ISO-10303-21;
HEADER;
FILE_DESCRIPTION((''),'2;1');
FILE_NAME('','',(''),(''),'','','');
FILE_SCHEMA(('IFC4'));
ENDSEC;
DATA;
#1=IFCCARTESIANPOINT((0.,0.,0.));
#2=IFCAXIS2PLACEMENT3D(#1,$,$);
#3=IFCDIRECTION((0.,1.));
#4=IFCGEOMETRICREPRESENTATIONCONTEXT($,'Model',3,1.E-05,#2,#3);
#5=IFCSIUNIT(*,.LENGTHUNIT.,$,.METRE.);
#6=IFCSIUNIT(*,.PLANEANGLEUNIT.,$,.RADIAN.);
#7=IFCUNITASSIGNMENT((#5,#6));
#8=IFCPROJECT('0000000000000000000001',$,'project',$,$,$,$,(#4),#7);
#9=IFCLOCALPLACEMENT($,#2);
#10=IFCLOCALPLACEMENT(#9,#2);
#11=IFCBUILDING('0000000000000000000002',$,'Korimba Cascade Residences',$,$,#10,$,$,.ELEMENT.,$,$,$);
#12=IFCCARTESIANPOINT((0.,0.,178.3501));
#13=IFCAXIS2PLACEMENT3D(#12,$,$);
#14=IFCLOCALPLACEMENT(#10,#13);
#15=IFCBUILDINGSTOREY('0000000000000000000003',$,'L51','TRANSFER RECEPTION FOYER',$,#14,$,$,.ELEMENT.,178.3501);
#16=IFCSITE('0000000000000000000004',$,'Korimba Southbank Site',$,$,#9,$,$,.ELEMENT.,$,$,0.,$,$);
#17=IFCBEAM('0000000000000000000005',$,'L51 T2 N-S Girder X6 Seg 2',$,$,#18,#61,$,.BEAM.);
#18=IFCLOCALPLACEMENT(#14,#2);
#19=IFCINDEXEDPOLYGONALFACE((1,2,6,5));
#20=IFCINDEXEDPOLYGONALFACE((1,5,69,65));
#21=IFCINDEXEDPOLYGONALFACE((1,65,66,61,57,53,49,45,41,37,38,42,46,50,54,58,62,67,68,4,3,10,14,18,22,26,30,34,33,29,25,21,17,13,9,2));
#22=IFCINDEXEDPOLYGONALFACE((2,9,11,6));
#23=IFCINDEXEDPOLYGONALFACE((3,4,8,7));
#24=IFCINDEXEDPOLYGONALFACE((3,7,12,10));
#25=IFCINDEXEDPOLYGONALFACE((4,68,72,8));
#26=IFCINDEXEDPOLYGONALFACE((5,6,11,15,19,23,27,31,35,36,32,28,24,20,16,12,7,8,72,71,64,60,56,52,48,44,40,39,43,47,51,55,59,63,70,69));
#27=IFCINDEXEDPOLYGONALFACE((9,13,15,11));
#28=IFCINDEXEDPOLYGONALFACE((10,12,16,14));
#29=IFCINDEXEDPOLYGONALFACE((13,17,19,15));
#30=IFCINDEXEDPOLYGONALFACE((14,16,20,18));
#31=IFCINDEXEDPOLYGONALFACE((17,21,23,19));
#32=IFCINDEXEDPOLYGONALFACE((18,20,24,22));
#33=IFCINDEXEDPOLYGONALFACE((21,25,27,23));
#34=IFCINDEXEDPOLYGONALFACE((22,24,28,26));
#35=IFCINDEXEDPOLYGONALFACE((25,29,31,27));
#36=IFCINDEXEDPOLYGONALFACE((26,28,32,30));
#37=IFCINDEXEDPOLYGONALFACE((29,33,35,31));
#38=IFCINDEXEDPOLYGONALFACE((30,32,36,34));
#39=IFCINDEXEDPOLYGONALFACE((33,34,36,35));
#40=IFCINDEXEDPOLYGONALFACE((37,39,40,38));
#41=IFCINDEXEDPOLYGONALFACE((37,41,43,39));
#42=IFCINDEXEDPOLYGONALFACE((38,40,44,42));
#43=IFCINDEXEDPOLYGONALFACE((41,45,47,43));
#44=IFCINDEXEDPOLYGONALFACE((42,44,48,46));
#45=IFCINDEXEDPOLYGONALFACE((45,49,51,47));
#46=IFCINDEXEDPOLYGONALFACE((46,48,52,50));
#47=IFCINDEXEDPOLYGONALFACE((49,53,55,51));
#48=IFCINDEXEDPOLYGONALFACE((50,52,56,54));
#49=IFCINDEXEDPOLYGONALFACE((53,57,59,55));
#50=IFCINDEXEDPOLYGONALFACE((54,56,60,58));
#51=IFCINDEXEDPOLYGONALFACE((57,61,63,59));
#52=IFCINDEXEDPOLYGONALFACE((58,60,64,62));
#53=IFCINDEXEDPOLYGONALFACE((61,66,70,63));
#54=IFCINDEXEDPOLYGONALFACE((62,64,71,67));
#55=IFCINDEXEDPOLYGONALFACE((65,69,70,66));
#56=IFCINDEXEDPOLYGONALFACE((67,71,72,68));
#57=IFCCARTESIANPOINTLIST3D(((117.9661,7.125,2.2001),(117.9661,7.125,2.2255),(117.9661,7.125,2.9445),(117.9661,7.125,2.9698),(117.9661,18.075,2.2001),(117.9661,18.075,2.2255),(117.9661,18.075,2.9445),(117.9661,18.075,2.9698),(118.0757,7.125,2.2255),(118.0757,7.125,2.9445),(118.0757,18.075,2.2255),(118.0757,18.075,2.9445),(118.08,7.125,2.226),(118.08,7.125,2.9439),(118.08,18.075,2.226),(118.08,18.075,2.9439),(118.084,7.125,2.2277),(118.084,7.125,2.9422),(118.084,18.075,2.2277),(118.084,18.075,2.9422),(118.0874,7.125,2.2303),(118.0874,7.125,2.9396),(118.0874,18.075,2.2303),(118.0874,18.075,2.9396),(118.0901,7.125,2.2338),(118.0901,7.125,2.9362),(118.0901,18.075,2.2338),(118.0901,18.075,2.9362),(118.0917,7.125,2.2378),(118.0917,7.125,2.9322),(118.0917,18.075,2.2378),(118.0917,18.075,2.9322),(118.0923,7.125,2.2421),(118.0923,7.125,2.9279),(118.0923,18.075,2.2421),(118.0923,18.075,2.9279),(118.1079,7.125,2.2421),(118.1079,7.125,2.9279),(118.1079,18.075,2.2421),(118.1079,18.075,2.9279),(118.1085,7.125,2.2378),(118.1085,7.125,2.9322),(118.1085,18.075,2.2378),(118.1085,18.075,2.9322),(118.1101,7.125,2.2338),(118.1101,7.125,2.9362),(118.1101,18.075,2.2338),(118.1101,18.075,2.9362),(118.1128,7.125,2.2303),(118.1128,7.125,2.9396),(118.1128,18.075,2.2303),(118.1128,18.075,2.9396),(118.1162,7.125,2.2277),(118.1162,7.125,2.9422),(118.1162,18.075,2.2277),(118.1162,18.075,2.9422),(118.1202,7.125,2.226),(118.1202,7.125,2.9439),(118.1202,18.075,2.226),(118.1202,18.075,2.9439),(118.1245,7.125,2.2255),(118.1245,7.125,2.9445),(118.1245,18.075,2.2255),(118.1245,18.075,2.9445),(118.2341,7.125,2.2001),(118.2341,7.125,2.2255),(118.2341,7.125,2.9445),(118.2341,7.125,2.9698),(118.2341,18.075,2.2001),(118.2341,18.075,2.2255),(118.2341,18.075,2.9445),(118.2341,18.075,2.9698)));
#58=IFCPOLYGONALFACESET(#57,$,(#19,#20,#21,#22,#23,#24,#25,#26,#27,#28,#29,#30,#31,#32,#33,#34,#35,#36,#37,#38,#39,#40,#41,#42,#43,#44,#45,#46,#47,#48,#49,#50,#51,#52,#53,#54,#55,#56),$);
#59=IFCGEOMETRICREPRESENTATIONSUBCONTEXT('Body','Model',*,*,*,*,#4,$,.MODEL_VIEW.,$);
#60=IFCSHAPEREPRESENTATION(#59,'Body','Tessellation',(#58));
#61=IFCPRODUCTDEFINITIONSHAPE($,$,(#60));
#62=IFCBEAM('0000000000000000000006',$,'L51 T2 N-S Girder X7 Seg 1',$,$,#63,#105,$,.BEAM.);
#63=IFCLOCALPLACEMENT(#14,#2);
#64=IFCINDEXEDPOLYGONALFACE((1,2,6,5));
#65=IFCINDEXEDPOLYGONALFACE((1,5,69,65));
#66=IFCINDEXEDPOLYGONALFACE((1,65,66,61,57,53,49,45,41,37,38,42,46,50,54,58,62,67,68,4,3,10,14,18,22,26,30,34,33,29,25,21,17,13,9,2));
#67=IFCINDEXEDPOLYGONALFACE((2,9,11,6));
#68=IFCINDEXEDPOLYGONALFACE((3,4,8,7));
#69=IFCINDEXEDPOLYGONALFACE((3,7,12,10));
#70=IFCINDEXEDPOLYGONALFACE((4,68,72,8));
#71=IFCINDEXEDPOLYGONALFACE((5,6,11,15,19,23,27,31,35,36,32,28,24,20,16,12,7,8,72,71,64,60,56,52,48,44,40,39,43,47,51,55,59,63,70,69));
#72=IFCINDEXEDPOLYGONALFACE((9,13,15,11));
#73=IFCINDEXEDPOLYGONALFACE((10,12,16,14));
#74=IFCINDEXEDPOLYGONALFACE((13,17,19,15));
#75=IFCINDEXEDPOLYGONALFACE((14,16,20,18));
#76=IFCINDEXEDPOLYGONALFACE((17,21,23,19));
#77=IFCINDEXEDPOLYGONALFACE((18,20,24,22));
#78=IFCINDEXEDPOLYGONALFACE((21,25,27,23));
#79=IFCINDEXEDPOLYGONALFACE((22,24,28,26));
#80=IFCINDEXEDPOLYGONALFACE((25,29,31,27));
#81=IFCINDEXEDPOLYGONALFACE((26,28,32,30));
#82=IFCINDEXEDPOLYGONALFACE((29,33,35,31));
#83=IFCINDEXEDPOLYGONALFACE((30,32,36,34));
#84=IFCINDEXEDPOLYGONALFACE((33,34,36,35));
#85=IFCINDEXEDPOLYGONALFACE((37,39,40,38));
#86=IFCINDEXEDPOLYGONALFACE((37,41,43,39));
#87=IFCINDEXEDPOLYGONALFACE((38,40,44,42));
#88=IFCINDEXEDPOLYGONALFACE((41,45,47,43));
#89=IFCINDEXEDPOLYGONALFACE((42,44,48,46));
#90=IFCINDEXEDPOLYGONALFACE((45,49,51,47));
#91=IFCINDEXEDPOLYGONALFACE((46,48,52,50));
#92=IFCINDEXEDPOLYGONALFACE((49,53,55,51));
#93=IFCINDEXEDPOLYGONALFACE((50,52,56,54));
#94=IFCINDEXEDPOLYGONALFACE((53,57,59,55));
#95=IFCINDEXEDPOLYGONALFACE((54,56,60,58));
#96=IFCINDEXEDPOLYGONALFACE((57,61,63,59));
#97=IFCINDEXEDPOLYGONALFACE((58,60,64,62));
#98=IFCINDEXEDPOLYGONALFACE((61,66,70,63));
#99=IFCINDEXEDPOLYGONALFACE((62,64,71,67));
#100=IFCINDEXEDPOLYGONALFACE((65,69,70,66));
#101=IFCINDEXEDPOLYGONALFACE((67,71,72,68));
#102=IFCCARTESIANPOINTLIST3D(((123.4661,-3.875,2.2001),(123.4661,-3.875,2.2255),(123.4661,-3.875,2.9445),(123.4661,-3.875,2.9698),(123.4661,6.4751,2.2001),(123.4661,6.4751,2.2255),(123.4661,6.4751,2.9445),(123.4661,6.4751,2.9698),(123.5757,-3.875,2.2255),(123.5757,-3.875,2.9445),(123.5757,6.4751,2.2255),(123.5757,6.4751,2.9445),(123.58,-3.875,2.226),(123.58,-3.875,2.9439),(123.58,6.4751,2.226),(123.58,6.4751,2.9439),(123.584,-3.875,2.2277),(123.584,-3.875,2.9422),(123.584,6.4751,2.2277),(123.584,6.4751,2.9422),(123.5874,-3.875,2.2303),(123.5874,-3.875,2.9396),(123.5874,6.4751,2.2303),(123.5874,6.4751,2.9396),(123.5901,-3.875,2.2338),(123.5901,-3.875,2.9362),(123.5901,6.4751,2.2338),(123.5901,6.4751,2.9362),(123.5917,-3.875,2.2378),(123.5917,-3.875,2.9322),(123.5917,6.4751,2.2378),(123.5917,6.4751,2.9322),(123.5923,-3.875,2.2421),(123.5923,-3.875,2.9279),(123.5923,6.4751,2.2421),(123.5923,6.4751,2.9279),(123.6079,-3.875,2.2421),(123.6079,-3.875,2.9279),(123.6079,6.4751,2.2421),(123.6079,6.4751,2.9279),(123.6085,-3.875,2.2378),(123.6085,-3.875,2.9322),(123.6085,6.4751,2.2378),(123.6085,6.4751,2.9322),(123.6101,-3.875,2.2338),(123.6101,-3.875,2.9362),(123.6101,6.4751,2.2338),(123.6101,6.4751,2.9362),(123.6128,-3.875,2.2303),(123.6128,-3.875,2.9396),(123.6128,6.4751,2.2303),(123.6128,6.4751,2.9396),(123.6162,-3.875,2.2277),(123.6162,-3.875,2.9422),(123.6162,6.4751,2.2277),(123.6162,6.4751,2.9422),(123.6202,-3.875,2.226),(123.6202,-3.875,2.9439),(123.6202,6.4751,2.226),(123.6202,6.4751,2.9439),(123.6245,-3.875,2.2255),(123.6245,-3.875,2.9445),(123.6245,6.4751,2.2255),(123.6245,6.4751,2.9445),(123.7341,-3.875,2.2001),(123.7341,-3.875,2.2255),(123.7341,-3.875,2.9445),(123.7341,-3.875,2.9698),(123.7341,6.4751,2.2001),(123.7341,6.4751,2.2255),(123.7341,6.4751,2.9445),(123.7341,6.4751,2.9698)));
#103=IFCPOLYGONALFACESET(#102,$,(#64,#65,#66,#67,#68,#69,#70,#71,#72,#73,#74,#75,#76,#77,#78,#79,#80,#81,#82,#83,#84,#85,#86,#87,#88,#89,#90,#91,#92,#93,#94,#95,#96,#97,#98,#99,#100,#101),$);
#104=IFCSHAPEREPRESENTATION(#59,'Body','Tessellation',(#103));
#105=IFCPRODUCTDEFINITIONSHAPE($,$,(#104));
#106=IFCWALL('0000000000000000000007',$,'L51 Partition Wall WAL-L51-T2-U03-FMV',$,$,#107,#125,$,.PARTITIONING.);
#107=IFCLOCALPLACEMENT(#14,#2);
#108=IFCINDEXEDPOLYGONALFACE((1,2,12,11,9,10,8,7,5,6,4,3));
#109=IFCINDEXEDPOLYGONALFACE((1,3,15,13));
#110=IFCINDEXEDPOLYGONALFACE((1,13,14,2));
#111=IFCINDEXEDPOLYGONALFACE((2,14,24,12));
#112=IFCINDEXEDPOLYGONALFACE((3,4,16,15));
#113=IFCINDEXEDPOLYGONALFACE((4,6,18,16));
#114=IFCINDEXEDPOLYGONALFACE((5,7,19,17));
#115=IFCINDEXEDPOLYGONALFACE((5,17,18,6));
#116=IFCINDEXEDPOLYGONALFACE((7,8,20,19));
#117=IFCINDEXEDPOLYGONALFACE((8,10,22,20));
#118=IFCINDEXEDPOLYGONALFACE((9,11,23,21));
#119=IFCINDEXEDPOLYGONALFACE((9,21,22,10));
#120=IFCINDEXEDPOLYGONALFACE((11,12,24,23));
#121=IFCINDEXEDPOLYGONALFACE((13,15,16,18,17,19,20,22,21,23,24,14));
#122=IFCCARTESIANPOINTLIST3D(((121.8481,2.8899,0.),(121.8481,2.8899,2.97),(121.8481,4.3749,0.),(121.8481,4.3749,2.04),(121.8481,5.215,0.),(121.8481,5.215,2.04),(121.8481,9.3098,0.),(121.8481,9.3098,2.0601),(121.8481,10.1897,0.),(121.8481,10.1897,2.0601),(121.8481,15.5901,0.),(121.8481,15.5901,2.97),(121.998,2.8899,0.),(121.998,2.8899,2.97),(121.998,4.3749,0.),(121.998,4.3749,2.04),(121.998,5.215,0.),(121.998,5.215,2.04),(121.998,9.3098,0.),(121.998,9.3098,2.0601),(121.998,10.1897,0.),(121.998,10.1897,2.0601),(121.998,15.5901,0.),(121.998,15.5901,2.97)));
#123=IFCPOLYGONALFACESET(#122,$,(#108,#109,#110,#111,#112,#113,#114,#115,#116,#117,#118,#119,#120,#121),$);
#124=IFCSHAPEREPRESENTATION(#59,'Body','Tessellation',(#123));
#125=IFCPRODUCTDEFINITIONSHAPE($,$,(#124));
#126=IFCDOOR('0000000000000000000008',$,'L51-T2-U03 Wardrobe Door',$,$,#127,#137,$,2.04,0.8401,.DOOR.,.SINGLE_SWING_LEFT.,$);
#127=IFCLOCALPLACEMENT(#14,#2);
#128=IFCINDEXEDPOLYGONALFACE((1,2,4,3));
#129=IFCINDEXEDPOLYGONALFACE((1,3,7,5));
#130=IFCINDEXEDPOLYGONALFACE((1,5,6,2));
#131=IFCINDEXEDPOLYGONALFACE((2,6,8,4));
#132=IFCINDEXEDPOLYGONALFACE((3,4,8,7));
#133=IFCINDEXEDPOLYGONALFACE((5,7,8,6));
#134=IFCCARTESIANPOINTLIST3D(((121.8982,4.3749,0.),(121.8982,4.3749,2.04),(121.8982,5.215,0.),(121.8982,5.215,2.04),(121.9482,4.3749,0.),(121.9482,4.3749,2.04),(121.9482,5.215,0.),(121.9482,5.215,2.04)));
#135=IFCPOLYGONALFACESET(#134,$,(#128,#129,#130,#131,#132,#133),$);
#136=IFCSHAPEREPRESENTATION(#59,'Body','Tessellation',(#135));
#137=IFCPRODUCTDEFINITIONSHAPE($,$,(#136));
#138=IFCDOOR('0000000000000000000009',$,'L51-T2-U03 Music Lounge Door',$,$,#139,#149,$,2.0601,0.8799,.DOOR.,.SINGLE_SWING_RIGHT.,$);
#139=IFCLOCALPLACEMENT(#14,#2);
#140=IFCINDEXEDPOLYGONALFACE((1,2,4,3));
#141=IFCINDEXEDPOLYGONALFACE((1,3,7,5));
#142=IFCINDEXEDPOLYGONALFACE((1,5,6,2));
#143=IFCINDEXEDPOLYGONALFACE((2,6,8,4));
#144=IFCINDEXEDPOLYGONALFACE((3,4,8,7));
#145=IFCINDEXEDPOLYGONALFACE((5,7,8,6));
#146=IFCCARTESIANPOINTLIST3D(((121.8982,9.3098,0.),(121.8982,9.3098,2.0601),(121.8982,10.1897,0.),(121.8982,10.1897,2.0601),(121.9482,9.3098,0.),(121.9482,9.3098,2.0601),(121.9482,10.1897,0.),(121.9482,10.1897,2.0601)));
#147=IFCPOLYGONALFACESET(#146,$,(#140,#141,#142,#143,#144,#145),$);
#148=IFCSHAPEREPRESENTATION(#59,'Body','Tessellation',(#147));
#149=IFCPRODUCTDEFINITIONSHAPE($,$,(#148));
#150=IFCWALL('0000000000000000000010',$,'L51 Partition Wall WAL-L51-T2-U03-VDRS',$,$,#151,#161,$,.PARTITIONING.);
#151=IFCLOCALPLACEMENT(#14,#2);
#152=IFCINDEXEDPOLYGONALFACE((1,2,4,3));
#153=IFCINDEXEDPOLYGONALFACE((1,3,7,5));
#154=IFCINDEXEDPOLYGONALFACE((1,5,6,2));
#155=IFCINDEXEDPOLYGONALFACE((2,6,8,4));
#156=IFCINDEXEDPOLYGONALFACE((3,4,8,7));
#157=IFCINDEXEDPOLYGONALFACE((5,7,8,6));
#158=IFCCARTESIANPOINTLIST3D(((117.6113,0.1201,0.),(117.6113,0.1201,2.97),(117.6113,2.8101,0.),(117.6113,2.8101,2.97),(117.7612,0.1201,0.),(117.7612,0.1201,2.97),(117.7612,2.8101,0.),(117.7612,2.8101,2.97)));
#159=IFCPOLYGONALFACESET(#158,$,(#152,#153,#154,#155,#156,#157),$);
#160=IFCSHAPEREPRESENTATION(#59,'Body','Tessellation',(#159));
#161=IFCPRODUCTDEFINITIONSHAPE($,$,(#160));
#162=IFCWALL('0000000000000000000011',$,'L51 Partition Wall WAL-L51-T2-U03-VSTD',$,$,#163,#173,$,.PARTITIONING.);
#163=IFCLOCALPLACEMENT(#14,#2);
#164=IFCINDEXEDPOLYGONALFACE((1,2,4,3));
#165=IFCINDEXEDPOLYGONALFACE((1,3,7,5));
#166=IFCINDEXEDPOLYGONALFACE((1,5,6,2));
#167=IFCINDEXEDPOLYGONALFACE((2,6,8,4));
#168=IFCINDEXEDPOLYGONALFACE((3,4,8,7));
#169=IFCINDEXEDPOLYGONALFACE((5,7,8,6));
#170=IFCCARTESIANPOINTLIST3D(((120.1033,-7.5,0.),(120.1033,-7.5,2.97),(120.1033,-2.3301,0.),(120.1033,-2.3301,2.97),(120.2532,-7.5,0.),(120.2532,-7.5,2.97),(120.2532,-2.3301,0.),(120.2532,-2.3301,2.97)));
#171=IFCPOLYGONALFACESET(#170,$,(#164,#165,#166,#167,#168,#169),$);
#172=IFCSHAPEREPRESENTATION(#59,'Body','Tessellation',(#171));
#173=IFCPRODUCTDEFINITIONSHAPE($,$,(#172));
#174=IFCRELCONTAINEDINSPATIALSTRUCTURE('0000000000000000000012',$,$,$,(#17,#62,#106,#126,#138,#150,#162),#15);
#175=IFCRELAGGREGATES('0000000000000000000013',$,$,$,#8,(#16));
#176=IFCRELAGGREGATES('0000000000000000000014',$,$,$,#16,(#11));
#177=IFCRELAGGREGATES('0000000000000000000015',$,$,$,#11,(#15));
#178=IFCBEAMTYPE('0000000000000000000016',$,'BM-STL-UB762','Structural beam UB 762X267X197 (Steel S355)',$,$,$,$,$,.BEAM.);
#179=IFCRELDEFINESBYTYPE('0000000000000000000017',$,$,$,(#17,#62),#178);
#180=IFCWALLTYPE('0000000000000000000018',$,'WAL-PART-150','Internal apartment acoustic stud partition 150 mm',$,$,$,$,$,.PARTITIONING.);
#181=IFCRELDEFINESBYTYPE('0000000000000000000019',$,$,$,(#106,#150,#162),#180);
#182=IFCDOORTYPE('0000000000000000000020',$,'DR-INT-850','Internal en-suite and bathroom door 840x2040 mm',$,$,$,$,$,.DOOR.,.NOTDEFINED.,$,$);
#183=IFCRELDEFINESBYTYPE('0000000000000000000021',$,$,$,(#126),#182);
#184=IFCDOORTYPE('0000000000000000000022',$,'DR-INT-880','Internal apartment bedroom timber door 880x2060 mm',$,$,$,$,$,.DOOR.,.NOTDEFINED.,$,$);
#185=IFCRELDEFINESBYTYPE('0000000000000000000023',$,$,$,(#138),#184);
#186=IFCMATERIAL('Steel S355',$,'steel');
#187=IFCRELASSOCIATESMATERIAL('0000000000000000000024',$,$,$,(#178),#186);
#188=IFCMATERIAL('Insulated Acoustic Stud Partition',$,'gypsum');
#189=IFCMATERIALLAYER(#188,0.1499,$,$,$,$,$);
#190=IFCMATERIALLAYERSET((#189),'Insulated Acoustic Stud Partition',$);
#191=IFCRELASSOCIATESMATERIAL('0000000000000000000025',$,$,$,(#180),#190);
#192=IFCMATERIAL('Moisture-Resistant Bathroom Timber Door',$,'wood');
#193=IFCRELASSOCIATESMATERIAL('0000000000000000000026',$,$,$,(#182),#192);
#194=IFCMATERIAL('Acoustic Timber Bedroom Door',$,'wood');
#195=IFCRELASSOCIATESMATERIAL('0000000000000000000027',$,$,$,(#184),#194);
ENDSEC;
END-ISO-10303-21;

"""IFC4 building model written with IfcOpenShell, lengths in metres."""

from ifc_helpers import new_model, si_unit, direction, frame, frame_2d, origin, origin_2d, place, context, subcontext, project, spatial, rectangle, i_section, extrude, material, layer, layer_set, material_profile, profile_set, type_object, element, fill, save


model = new_model("IFC4")

# Units and contexts
model_context = context("Model", 3, precision=1e-05, world=origin(), true_north=direction((0.0, 1.0)))
body_context = subcontext(model_context, "Body", "Model", "MODEL_VIEW")
ifc_project = project(units=[si_unit("LENGTHUNIT", "METRE"), si_unit("PLANEANGLEUNIT", "RADIAN")], contexts=[model_context])

# Site, building, storey
site_placement = place(None, origin())
site = spatial("IfcSite", under=ifc_project, at=site_placement, Name="Korimba Southbank Site", CompositionType="ELEMENT", RefElevation=0.0)
building_placement = place(site_placement, origin())
building = spatial("IfcBuilding", under=site, at=building_placement, Name="Korimba Cascade Residences", CompositionType="ELEMENT")
storey_placement = place(building_placement, frame((0.0, 0.0, 178.3501)))
storey = spatial("IfcBuildingStorey", under=building, at=storey_placement, Name="L51", Description="TRANSFER RECEPTION FOYER", CompositionType="ELEMENT", Elevation=178.3501)

# Beams
ifc_material_1 = material(Name="Steel S355", Category="steel")
ifc_material_profile_1 = material_profile(ifc_material_1, i_section(OverallWidth=0.2681, OverallDepth=0.7698, WebThickness=0.0156, FlangeThickness=0.0254, FilletRadius=0.0166, at=origin_2d()), Name="Steel S355")
ifc_profile_set_1 = profile_set([ifc_material_profile_1], Name="Steel S355")
beam_type_1 = type_object("IfcBeamType", Name="BM-STL-UB762", Description="Structural beam UB 762X267X197 (Steel S355)", PredefinedType="BEAM", material=ifc_profile_set_1)
beam_1_placement = place(storey_placement, frame((118.1001, 7.125, 2.585), z_axis=(0.0, 1.0, 0.0), x_axis=(-1.0, 0.0, 0.0)))
element("IfcBeam", 1, at=beam_1_placement, inside=storey, type_object=beam_type_1, Name="L51 T2 N-S Girder X6 Seg 2", PredefinedType="BEAM", context=body_context, shape_type="SweptSolid", body=[
    extrude(i_section(OverallWidth=0.2681, OverallDepth=0.7698, WebThickness=0.0156, FlangeThickness=0.0254, FilletRadius=0.0166, at=origin_2d()), origin(), (0.0, 0.0, 1.0), 10.95),
])
beam_2_placement = place(storey_placement, frame((123.6001, -3.875, 2.585), z_axis=(0.0, 1.0, 0.0), x_axis=(-1.0, 0.0, 0.0)))
element("IfcBeam", 2, at=beam_2_placement, inside=storey, type_object=beam_type_1, Name="L51 T2 N-S Girder X7 Seg 1", PredefinedType="BEAM", context=body_context, shape_type="SweptSolid", body=[
    extrude(i_section(OverallWidth=0.2681, OverallDepth=0.7698, WebThickness=0.0156, FlangeThickness=0.0254, FilletRadius=0.0166, at=origin_2d()), origin(), (0.0, 0.0, 1.0), 10.3501),
])

# Wall, openings, doors
ifc_material_2 = material(Name="Insulated Acoustic Stud Partition", Category="gypsum")
ifc_layer = layer(ifc_material_2, 0.1499)
ifc_layer_set = layer_set([ifc_layer], Name="Insulated Acoustic Stud Partition")
wall_type = type_object("IfcWallType", Name="WAL-PART-150", Description="Internal apartment acoustic stud partition 150 mm", PredefinedType="PARTITIONING", material=ifc_layer_set)
wall_1_placement = place(storey_placement, frame((121.9231, 2.8899, 0.0), z_axis=(0.0, 0.0, 1.0), x_axis=(0.0, 1.0, 0.0)))
wall_1 = element("IfcWall", 3, at=wall_1_placement, inside=storey, type_object=wall_type, Name="L51 Partition Wall WAL-L51-T2-U03-FMV", PredefinedType="PARTITIONING", context=body_context, shape_type="SweptSolid", body=[
    extrude(rectangle(XDim=12.7002, YDim=0.1499, at=frame_2d((6.3501, 0.0))), origin(), (0.0, 0.0, 1.0), 2.97),
])
opening_1_placement = place(wall_1_placement, frame((1.4851, 0.0, 0.0)))
opening_1 = element("IfcOpeningElement", 4, at=opening_1_placement, cuts=wall_1, PredefinedType="OPENING", context=body_context, shape_type="SweptSolid", body=[
    extrude(rectangle(XDim=0.8401, YDim=2.04, at=frame_2d((0.4199, 1.02))), frame((0.0, 0.085, 0.0), z_axis=(0.0, -1.0, 0.0), x_axis=(1.0, 0.0, 0.0)), (0.0, 0.0, 1.0), 0.1699),
])
opening_2_placement = place(wall_1_placement, frame((6.4199, 0.0, 0.0)))
opening_2 = element("IfcOpeningElement", 5, at=opening_2_placement, cuts=wall_1, PredefinedType="OPENING", context=body_context, shape_type="SweptSolid", body=[
    extrude(rectangle(XDim=0.8799, YDim=2.0601, at=frame_2d((0.4399, 1.03))), frame((0.0, 0.085, 0.0), z_axis=(0.0, -1.0, 0.0), x_axis=(1.0, 0.0, 0.0)), (0.0, 0.0, 1.0), 0.1699),
])
ifc_material_3 = material(Name="Moisture-Resistant Bathroom Timber Door", Category="wood")
door_type_1 = type_object("IfcDoorType", Name="DR-INT-850", Description="Internal en-suite and bathroom door 840x2040 mm", OperationType="NOTDEFINED", PredefinedType="DOOR", material=ifc_material_3)
door_1_placement = place(opening_1_placement, origin())
door_1 = element("IfcDoor", 6, at=door_1_placement, inside=storey, type_object=door_type_1, Name="L51-T2-U03 Wardrobe Door", OperationType="SINGLE_SWING_LEFT", OverallHeight=2.04, OverallWidth=0.8401, PredefinedType="DOOR", context=body_context, shape_type="SweptSolid", body=[
    extrude(rectangle(XDim=0.8401, YDim=2.04, at=frame_2d((0.4199, 1.02))), frame((0.0, 0.0249, 0.0), z_axis=(0.0, -1.0, 0.0), x_axis=(1.0, 0.0, 0.0)), (0.0, 0.0, 1.0), 0.05),
])
fill(opening_1, door_1)
ifc_material_4 = material(Name="Acoustic Timber Bedroom Door", Category="wood")
door_type_2 = type_object("IfcDoorType", Name="DR-INT-880", Description="Internal apartment bedroom timber door 880x2060 mm", OperationType="NOTDEFINED", PredefinedType="DOOR", material=ifc_material_4)
door_2_placement = place(opening_2_placement, origin())
door_2 = element("IfcDoor", 7, at=door_2_placement, inside=storey, type_object=door_type_2, Name="L51-T2-U03 Music Lounge Door", OperationType="SINGLE_SWING_RIGHT", OverallHeight=2.0601, OverallWidth=0.8799, PredefinedType="DOOR", context=body_context, shape_type="SweptSolid", body=[
    extrude(rectangle(XDim=0.8799, YDim=2.0601, at=frame_2d((0.4399, 1.03))), frame((0.0, 0.0249, 0.0), z_axis=(0.0, -1.0, 0.0), x_axis=(1.0, 0.0, 0.0)), (0.0, 0.0, 1.0), 0.05),
])
fill(opening_2, door_2)

# Walls
wall_2_placement = place(storey_placement, frame((117.6863, 0.1201, 0.0), z_axis=(0.0, 0.0, 1.0), x_axis=(0.0, 1.0, 0.0)))
element("IfcWall", 8, at=wall_2_placement, inside=storey, type_object=wall_type, Name="L51 Partition Wall WAL-L51-T2-U03-VDRS", PredefinedType="PARTITIONING", context=body_context, shape_type="SweptSolid", body=[
    extrude(rectangle(XDim=2.6899, YDim=0.1499, at=frame_2d((1.345, 0.0))), origin(), (0.0, 0.0, 1.0), 2.97),
])
wall_3_placement = place(storey_placement, frame((120.1782, -7.5, 0.0), z_axis=(0.0, 0.0, 1.0), x_axis=(0.0, 1.0, 0.0)))
element("IfcWall", 9, at=wall_3_placement, inside=storey, type_object=wall_type, Name="L51 Partition Wall WAL-L51-T2-U03-VSTD", PredefinedType="PARTITIONING", context=body_context, shape_type="SweptSolid", body=[
    extrude(rectangle(XDim=5.1699, YDim=0.1499, at=frame_2d((2.585, 0.0))), origin(), (0.0, 0.0, 1.0), 2.97),
])

save(model, "model.ifc")
